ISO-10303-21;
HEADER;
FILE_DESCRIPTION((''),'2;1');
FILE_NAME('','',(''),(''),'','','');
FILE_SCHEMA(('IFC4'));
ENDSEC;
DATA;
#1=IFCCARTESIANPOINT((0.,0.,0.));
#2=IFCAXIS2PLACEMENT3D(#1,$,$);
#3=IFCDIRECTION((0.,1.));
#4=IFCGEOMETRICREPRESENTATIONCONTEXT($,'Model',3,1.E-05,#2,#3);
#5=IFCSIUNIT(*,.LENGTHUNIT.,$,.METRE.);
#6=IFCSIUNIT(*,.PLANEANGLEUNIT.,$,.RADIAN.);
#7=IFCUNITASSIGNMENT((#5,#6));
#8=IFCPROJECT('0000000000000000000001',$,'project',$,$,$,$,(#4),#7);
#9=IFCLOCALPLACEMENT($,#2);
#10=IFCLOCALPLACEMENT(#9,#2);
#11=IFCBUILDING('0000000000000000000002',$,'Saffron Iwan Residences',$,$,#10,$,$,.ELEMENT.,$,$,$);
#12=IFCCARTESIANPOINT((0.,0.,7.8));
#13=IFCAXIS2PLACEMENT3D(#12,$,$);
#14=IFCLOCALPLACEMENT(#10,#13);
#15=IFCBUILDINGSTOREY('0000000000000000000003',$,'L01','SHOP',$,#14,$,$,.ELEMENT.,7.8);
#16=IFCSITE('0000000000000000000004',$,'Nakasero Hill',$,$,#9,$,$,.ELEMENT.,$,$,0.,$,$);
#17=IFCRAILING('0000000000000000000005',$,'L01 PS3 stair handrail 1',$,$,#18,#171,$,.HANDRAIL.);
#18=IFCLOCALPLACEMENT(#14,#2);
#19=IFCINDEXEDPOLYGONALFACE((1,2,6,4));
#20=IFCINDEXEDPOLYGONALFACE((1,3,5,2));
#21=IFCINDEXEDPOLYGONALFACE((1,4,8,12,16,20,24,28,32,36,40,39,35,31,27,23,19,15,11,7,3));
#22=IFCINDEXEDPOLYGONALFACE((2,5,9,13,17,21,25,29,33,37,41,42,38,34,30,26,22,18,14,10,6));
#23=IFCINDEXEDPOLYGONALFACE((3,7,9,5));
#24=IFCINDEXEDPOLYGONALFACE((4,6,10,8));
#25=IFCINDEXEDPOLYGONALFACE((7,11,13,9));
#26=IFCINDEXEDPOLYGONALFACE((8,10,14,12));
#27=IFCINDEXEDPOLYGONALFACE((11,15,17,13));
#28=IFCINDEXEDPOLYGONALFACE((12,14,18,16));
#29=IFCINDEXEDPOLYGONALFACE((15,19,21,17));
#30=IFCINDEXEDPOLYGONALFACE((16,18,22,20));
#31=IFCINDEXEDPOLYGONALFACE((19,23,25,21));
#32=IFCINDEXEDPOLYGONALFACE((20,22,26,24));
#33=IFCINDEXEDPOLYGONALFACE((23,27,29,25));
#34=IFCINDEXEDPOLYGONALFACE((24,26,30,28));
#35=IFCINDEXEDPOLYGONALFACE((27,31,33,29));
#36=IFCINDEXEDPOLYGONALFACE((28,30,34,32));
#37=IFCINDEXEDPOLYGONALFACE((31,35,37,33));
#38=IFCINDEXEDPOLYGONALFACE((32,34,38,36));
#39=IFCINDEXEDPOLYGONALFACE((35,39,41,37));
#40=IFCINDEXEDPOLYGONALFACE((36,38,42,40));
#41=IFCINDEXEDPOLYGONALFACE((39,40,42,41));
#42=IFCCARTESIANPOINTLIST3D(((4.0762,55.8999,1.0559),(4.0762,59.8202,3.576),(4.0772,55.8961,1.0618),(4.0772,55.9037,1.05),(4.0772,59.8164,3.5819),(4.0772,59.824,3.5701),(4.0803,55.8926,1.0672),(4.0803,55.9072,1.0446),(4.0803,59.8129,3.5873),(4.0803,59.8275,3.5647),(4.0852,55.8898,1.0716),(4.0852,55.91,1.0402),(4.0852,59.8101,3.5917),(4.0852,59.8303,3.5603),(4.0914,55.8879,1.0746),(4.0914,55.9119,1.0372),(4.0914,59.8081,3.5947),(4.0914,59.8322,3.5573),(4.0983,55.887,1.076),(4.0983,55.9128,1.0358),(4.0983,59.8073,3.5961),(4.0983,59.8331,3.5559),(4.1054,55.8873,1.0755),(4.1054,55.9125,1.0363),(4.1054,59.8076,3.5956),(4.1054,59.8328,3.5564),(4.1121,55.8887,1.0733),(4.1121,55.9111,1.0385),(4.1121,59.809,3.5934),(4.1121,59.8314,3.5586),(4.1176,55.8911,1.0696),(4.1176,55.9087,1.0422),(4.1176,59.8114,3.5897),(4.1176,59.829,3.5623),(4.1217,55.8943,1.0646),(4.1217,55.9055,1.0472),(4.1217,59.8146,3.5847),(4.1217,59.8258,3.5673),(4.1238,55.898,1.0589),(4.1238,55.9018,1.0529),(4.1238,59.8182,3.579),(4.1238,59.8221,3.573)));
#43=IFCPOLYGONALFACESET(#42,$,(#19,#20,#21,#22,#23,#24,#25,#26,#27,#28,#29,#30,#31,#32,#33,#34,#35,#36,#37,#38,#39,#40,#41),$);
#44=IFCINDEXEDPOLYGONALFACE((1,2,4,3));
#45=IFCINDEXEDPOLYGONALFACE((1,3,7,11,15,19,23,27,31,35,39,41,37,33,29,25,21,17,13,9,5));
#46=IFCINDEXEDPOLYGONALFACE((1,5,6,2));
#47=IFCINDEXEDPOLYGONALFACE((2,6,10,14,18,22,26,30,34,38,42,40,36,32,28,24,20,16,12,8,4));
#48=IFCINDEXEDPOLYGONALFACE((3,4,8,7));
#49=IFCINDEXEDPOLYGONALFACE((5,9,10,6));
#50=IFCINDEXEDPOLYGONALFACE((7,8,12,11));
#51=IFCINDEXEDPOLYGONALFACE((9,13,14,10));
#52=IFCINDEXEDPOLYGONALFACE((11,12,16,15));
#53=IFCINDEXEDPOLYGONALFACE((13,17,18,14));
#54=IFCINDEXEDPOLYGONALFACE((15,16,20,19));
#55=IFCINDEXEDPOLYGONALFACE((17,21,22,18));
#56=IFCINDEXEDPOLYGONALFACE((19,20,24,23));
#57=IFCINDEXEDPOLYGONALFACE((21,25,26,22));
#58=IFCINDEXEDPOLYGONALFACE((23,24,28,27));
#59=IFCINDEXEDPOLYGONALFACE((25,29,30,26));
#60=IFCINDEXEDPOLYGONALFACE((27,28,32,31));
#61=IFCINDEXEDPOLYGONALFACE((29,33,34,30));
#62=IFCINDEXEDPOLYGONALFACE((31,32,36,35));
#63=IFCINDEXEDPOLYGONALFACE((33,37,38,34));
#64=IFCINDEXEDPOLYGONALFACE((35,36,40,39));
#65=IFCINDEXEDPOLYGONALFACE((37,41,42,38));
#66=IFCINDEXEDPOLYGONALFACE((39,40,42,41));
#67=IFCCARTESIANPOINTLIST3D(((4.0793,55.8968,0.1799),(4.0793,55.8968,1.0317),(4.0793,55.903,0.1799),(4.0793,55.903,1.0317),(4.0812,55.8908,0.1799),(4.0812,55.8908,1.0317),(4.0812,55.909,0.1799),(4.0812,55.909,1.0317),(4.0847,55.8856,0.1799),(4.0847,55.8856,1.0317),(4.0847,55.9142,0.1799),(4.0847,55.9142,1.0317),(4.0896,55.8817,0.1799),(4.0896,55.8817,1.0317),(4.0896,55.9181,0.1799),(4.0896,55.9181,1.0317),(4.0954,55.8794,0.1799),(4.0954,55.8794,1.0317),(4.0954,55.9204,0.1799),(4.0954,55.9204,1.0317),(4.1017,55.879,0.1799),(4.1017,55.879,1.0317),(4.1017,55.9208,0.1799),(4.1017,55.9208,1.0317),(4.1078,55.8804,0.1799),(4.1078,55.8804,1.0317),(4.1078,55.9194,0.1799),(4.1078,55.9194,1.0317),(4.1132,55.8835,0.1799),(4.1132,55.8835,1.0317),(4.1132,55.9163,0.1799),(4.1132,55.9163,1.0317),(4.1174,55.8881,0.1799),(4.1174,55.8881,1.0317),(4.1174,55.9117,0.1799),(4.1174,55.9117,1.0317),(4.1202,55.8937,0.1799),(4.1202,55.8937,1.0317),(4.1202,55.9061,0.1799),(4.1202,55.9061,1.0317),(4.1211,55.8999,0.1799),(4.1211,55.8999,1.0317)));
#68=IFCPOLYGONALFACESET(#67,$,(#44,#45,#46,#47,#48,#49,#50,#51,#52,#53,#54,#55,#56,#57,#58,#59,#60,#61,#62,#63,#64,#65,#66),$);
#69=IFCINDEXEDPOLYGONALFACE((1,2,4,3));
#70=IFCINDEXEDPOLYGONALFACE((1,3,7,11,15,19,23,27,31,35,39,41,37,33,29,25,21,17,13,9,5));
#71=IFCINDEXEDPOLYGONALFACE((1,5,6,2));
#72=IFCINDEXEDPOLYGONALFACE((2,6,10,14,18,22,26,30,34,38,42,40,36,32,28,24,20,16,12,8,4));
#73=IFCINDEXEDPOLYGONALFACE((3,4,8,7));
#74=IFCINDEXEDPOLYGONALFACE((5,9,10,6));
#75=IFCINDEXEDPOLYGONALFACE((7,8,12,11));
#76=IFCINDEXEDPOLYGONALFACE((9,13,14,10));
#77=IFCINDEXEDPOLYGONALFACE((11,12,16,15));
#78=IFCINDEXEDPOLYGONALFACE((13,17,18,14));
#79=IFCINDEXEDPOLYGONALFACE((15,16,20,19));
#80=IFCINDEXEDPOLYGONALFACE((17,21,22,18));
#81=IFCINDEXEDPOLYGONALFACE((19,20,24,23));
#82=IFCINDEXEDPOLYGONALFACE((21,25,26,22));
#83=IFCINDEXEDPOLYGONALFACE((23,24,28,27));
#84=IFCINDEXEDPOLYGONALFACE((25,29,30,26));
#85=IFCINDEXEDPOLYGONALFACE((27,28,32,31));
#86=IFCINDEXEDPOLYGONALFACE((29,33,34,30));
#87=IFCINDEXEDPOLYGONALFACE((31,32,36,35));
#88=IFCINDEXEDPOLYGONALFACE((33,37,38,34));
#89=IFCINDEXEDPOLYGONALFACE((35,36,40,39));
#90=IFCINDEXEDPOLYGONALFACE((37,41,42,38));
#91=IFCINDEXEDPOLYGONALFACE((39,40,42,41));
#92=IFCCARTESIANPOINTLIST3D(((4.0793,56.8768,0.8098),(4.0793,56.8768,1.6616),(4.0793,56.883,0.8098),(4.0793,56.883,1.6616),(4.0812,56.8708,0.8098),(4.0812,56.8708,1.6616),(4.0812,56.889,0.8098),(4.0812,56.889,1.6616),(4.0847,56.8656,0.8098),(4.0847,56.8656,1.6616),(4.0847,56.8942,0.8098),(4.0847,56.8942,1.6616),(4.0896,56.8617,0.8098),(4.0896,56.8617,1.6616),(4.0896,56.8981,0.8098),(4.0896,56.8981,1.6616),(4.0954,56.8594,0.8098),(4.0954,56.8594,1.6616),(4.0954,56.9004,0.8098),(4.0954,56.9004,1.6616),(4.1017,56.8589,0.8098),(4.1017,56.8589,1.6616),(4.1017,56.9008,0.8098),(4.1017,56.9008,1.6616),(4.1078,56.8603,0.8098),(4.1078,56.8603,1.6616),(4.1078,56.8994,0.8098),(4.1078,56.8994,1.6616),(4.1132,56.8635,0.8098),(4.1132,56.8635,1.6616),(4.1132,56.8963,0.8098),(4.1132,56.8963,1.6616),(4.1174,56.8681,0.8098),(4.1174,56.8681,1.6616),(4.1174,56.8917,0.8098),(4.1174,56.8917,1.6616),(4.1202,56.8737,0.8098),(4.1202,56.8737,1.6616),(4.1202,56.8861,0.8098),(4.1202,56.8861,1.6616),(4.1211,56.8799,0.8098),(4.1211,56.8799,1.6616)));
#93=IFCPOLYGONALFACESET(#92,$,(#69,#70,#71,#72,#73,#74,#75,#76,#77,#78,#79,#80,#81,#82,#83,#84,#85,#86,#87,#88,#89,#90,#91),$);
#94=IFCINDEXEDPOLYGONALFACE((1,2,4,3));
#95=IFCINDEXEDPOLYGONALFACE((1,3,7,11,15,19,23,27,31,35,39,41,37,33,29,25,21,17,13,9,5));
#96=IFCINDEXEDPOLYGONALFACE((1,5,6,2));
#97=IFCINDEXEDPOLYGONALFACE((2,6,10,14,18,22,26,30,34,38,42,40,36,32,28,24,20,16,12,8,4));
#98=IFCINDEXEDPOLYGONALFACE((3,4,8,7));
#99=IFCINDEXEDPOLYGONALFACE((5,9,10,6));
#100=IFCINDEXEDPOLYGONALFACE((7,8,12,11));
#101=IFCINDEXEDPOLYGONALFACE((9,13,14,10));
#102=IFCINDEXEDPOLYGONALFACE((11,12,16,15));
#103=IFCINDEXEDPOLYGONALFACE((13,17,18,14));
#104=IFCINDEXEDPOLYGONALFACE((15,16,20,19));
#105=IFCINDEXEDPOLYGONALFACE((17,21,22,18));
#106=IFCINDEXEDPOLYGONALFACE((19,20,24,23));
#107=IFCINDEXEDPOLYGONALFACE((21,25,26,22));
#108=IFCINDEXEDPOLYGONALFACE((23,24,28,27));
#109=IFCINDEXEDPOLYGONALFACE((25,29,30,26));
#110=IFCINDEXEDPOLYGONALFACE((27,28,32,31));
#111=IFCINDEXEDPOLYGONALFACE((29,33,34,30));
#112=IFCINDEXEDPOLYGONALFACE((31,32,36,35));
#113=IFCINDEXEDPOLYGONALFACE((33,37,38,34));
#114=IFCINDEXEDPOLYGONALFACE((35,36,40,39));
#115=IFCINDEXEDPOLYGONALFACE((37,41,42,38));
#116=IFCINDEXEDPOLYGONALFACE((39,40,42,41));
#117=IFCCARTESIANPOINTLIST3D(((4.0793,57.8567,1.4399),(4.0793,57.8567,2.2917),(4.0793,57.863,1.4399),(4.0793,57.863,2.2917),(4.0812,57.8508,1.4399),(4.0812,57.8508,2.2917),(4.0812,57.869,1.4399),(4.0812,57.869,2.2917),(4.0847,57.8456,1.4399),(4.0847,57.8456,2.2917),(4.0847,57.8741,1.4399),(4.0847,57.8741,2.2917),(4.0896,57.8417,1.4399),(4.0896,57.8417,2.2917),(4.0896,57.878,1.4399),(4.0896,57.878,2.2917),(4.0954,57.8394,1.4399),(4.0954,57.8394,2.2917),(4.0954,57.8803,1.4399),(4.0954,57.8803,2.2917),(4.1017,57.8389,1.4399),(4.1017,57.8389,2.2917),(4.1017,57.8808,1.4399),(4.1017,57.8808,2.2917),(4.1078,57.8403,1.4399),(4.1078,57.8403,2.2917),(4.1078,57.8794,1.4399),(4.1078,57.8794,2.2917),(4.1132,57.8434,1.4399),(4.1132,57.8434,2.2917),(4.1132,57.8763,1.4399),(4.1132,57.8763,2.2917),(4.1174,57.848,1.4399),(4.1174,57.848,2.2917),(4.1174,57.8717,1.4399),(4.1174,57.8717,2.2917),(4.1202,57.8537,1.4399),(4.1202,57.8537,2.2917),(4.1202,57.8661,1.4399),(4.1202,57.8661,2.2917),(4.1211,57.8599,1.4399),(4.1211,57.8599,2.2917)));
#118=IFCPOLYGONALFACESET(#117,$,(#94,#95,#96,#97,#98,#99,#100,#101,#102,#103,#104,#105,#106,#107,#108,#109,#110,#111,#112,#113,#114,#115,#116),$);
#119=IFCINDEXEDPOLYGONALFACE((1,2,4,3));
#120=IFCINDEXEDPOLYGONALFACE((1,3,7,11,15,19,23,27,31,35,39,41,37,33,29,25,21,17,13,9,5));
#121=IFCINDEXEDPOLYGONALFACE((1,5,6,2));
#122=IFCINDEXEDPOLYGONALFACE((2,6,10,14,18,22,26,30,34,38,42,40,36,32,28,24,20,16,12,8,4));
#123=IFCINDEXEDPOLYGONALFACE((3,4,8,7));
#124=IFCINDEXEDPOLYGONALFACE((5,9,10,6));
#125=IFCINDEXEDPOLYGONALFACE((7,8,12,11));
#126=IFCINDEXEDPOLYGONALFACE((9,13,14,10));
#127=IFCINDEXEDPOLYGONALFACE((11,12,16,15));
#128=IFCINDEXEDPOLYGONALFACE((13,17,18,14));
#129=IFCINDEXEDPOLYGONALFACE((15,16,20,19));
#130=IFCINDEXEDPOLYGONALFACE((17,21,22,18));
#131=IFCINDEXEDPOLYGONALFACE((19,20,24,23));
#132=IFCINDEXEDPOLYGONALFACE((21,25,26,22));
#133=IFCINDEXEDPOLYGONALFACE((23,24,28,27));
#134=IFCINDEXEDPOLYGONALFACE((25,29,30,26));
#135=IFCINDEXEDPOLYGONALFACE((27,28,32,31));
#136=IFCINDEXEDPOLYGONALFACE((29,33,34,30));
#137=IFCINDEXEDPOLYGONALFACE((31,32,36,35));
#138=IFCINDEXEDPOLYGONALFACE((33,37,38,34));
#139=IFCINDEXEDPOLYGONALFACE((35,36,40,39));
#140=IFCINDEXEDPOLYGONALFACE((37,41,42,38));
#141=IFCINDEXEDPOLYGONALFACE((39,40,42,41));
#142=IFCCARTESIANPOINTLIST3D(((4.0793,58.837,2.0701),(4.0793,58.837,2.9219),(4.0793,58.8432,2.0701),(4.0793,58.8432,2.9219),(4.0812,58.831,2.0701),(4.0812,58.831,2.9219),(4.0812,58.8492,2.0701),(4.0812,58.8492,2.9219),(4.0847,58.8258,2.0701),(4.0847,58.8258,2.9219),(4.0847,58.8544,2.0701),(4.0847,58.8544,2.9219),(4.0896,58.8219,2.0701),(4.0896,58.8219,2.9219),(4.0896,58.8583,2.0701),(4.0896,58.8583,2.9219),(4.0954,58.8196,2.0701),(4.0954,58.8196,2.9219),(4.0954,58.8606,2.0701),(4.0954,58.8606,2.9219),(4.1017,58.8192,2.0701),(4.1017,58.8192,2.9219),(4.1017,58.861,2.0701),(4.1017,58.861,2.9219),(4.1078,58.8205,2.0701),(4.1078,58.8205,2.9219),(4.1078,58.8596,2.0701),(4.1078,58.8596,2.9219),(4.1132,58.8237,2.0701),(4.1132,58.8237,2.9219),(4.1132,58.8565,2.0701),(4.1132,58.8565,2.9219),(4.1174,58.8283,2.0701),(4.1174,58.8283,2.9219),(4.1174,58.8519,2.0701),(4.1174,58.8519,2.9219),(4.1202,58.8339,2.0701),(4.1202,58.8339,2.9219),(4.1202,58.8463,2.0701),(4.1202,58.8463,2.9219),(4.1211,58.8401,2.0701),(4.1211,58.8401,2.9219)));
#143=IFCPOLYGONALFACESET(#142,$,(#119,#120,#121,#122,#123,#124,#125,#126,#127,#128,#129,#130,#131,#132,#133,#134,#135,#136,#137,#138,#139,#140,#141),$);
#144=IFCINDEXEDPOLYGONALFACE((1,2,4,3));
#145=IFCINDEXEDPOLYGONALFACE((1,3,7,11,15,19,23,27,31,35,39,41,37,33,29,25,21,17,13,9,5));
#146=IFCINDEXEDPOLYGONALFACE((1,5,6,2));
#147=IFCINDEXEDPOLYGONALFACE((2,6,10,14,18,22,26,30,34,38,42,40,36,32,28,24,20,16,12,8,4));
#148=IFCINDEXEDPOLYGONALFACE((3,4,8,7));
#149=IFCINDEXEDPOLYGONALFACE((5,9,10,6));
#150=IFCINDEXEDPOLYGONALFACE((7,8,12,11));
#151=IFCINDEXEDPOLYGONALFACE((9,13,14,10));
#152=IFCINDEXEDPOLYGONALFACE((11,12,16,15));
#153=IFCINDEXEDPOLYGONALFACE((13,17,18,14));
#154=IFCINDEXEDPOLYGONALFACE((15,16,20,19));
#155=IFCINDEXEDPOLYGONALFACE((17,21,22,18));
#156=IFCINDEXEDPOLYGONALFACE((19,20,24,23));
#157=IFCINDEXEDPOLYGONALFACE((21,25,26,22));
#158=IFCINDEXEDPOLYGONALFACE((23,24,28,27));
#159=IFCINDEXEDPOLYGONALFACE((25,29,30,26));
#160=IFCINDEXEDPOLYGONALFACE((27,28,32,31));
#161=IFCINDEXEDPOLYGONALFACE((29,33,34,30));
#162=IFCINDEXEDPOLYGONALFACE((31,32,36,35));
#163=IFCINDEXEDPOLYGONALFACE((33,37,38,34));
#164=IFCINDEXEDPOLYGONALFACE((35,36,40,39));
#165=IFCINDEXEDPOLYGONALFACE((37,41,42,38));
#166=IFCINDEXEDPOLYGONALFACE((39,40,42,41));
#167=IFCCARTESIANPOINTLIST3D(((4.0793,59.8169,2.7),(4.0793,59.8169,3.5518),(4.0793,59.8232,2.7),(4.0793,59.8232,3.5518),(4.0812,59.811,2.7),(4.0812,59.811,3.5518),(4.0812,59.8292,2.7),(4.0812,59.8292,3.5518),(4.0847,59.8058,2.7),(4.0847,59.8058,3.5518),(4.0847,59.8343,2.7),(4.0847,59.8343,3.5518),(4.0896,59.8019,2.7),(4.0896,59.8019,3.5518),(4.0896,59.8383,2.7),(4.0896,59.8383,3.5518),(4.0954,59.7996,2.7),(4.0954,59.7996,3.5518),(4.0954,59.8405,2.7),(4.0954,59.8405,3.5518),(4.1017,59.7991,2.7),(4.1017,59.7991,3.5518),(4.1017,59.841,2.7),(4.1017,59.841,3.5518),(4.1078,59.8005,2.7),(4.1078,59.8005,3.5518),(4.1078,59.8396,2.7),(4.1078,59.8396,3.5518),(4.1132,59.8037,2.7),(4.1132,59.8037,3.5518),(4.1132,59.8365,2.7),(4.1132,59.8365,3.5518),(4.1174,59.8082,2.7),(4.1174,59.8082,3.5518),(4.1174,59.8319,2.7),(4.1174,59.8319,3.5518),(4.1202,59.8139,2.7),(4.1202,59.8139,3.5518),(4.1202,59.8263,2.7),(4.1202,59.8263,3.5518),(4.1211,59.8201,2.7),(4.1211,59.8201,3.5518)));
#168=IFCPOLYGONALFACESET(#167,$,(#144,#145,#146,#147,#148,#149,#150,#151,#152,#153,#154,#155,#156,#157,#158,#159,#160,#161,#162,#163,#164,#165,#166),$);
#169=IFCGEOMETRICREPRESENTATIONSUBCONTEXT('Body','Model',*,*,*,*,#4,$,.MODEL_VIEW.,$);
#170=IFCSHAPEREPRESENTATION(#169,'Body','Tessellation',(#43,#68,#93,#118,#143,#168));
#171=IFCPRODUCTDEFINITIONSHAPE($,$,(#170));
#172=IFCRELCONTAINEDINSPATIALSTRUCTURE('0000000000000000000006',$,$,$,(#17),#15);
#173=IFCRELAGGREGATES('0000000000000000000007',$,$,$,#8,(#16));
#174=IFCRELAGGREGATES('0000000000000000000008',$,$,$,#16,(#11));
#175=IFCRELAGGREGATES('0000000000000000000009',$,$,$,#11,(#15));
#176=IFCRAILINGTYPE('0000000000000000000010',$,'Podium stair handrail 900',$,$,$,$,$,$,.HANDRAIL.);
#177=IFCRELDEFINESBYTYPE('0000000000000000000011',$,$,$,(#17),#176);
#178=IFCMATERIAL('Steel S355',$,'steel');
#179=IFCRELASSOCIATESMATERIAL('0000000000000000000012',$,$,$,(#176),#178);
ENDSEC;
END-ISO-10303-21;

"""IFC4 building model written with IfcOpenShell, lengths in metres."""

from ifc_helpers import new_model, si_unit, direction, frame, origin, origin_2d, place, context, subcontext, project, spatial, circle, extrude, material, type_object, element, save


model = new_model("IFC4")

# Units and contexts
model_context = context("Model", 3, precision=1e-05, world=origin(), true_north=direction((0.0, 1.0)))
body_context = subcontext(model_context, "Body", "Model", "MODEL_VIEW")
ifc_project = project(units=[si_unit("LENGTHUNIT", "METRE"), si_unit("PLANEANGLEUNIT", "RADIAN")], contexts=[model_context])

# Site, building, storey
site_placement = place(None, origin())
site = spatial("IfcSite", under=ifc_project, at=site_placement, Name="Nakasero Hill", CompositionType="ELEMENT", RefElevation=0.0)
building_placement = place(site_placement, origin())
building = spatial("IfcBuilding", under=site, at=building_placement, Name="Saffron Iwan Residences", CompositionType="ELEMENT")
storey_placement = place(building_placement, frame((0.0, 0.0, 7.8)))
storey = spatial("IfcBuildingStorey", under=building, at=storey_placement, Name="L01", Description="SHOP", CompositionType="ELEMENT", Elevation=7.8)

# Railing
ifc_material_1 = material(Name="Steel S355", Category="steel")
railing_type_1 = type_object("IfcRailingType", Name="Podium stair handrail 900", PredefinedType="HANDRAIL", material=ifc_material_1)
railing_1_placement = place(storey_placement, frame((4.1001, 55.8999, 0.1799)))
element("IfcRailing", 1, at=railing_1_placement, inside=storey, type_object=railing_type_1, Name="L01 PS3 stair handrail 1", PredefinedType="HANDRAIL", context=body_context, shape_type="SweptSolid", body=[
    extrude(circle(Radius=0.0239, at=origin_2d()), frame((0.0, 0.0, 0.876), z_axis=(0.0, 0.841187, 0.540744), x_axis=(-1.0, 0.0, 0.0)), (0.0, 0.0, 1.0), 4.6604),
    extrude(circle(Radius=0.021, at=origin_2d()), origin(), (0.0, 0.0, 1.0), 0.8518),
    extrude(circle(Radius=0.021, at=origin_2d()), frame((0.0, 0.98, 0.6299)), (0.0, 0.0, 1.0), 0.8518),
    extrude(circle(Radius=0.021, at=origin_2d()), frame((0.0, 1.96, 1.26)), (0.0, 0.0, 1.0), 0.8518),
    extrude(circle(Radius=0.021, at=origin_2d()), frame((0.0, 2.9402, 1.8901)), (0.0, 0.0, 1.0), 0.8518),
    extrude(circle(Radius=0.021, at=origin_2d()), frame((0.0, 3.9202, 2.52)), (0.0, 0.0, 1.0), 0.8518),
])

save(model, "model.ifc")
